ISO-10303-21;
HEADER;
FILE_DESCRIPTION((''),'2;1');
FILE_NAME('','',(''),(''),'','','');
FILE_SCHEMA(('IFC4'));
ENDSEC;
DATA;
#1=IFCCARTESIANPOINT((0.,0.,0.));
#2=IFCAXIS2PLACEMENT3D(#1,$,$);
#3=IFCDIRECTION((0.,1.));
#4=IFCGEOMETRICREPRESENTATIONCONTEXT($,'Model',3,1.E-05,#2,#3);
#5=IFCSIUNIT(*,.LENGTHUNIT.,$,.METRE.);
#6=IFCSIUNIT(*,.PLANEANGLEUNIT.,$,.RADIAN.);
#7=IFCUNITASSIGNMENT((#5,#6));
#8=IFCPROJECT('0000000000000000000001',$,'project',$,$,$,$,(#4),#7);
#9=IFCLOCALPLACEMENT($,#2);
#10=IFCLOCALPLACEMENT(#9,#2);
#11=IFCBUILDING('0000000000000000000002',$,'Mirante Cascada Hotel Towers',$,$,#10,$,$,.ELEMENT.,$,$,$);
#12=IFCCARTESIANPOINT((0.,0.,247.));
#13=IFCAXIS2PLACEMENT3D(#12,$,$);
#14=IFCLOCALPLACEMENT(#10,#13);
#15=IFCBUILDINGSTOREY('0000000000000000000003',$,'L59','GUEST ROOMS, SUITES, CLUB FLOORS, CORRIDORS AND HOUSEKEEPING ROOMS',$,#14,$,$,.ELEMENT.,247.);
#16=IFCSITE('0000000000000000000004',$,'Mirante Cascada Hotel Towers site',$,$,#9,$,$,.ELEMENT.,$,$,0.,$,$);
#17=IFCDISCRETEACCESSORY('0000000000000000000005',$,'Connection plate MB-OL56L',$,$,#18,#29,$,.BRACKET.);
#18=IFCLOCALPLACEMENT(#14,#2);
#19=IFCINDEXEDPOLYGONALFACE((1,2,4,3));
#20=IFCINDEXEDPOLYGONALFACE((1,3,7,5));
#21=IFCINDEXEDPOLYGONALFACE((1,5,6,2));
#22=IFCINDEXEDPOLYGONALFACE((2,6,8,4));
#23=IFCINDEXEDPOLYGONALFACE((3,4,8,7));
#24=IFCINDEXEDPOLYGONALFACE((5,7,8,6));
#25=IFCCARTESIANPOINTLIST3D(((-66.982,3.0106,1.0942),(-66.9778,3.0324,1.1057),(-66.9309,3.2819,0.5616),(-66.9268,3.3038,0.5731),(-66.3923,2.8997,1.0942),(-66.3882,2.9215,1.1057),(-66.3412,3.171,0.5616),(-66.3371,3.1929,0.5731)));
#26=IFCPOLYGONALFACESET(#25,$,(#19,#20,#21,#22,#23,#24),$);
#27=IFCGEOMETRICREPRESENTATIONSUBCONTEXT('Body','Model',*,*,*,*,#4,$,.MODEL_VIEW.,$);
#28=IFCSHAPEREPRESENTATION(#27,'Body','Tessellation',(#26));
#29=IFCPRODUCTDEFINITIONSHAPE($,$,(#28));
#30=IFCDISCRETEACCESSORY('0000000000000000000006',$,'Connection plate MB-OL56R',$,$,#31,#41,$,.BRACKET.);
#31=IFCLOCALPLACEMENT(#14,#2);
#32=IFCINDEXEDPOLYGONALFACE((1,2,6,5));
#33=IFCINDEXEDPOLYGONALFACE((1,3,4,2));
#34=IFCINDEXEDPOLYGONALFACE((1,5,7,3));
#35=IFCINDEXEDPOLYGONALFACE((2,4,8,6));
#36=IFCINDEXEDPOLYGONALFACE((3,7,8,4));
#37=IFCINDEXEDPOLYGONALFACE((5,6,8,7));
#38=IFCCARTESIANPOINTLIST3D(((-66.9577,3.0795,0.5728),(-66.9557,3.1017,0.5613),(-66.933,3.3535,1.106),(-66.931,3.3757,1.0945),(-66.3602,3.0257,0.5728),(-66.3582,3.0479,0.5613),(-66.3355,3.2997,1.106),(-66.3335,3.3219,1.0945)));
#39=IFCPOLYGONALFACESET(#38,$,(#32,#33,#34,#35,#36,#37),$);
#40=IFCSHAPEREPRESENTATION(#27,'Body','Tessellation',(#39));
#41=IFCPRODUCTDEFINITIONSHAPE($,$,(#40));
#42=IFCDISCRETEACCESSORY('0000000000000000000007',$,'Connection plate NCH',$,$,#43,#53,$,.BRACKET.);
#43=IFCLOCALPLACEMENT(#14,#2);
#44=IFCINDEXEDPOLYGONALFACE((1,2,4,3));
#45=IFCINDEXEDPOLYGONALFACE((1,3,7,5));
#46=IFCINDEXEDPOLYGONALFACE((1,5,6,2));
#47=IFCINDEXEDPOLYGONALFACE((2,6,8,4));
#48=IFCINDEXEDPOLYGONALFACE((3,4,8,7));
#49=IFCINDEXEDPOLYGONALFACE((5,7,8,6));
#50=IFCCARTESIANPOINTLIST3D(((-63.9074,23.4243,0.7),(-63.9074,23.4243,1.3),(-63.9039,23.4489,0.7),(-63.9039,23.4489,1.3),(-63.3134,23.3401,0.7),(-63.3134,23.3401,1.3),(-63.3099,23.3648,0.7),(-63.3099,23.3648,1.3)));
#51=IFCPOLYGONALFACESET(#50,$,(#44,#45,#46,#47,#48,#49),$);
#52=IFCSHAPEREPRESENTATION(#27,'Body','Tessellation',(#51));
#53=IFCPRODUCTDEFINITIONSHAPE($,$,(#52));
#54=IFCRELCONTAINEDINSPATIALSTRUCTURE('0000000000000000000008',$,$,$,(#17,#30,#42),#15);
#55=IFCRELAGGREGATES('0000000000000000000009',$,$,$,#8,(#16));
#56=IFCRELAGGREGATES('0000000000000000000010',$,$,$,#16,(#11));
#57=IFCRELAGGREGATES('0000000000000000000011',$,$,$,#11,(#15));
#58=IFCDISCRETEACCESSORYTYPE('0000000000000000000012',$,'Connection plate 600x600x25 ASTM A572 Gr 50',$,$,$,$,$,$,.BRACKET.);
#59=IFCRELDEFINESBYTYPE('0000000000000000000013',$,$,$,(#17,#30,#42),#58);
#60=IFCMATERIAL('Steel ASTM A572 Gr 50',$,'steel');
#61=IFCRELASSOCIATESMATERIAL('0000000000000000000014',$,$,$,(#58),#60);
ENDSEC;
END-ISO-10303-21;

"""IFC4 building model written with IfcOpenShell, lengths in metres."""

from ifc_helpers import new_model, si_unit, direction, frame, origin, origin_2d, place, context, subcontext, project, spatial, rectangle, extrude, material, material_profile, profile_set, type_object, element, save


model = new_model("IFC4")

# Units and contexts
model_context = context("Model", 3, precision=1e-05, world=origin(), true_north=direction((0.0, 1.0)))
body_context = subcontext(model_context, "Body", "Model", "MODEL_VIEW")
ifc_project = project(units=[si_unit("LENGTHUNIT", "METRE"), si_unit("PLANEANGLEUNIT", "RADIAN")], contexts=[model_context])

# Site, building, storey
site_placement = place(None, origin())
site = spatial("IfcSite", under=ifc_project, at=site_placement, Name="Mirante Cascada Hotel Towers site", CompositionType="ELEMENT", RefElevation=0.0)
building_placement = place(site_placement, origin())
building = spatial("IfcBuilding", under=site, at=building_placement, Name="Mirante Cascada Hotel Towers", CompositionType="ELEMENT")
storey_placement = place(building_placement, frame((0.0, 0.0, 247.0)))
storey = spatial("IfcBuildingStorey", under=building, at=storey_placement, Name="L59", Description="GUEST ROOMS, SUITES, CLUB FLOORS, CORRIDORS AND HOUSEKEEPING ROOMS", CompositionType="ELEMENT", Elevation=247.0)

# Discrete accessories
ifc_material_1 = material(Name="Steel ASTM A572 Gr 50", Category="steel")
ifc_material_profile_1 = material_profile(ifc_material_1, rectangle(XDim=0.6, YDim=0.6, at=origin_2d()), Name="Connection plate 600x600x25 ASTM A572 Gr 50")
ifc_profile_set_1 = profile_set([ifc_material_profile_1], Name="Steel ASTM A572 Gr 50")
discrete_accessory_type = type_object("IfcDiscreteAccessoryType", Name="Connection plate 600x600x25 ASTM A572 Gr 50", PredefinedType="BRACKET", material=ifc_profile_set_1)
discrete_accessory_1_placement = place(storey_placement, frame((-66.6616, 3.0908, 0.8279), z_axis=(0.164092, 0.872489, 0.460258), x_axis=(-0.98277, 0.184833, 0.0)))
element("IfcDiscreteAccessory", 1, at=discrete_accessory_1_placement, inside=storey, type_object=discrete_accessory_type, Name="Connection plate MB-OL56L", PredefinedType="BRACKET", context=body_context, shape_type="SweptSolid", body=[
    extrude(rectangle(XDim=0.6, YDim=0.6, at=origin_2d()), origin(), (0.0, 0.0, 1.0), 0.025),
])
discrete_accessory_2_placement = place(storey_placement, frame((-66.6446, 3.2118, 0.8279), z_axis=(-0.07974, -0.885109, 0.458502), x_axis=(0.995966, -0.089727, 0.0)))
element("IfcDiscreteAccessory", 2, at=discrete_accessory_2_placement, inside=storey, type_object=discrete_accessory_type, Name="Connection plate MB-OL56R", PredefinedType="BRACKET", context=body_context, shape_type="SweptSolid", body=[
    extrude(rectangle(XDim=0.6, YDim=0.6, at=origin_2d()), origin(), (0.0, 0.0, 1.0), 0.0251),
])
discrete_accessory_3_placement = place(storey_placement, frame((-63.6104, 23.3822, 1.0), z_axis=(0.140299, 0.990109, 0.0), x_axis=(-0.990109, 0.140299, 0.0)))
element("IfcDiscreteAccessory", 3, at=discrete_accessory_3_placement, inside=storey, type_object=discrete_accessory_type, Name="Connection plate NCH", PredefinedType="BRACKET", context=body_context, shape_type="SweptSolid", body=[
    extrude(rectangle(XDim=0.6, YDim=0.6, at=origin_2d()), origin(), (0.0, 0.0, 1.0), 0.0249),
])

save(model, "model.ifc")
